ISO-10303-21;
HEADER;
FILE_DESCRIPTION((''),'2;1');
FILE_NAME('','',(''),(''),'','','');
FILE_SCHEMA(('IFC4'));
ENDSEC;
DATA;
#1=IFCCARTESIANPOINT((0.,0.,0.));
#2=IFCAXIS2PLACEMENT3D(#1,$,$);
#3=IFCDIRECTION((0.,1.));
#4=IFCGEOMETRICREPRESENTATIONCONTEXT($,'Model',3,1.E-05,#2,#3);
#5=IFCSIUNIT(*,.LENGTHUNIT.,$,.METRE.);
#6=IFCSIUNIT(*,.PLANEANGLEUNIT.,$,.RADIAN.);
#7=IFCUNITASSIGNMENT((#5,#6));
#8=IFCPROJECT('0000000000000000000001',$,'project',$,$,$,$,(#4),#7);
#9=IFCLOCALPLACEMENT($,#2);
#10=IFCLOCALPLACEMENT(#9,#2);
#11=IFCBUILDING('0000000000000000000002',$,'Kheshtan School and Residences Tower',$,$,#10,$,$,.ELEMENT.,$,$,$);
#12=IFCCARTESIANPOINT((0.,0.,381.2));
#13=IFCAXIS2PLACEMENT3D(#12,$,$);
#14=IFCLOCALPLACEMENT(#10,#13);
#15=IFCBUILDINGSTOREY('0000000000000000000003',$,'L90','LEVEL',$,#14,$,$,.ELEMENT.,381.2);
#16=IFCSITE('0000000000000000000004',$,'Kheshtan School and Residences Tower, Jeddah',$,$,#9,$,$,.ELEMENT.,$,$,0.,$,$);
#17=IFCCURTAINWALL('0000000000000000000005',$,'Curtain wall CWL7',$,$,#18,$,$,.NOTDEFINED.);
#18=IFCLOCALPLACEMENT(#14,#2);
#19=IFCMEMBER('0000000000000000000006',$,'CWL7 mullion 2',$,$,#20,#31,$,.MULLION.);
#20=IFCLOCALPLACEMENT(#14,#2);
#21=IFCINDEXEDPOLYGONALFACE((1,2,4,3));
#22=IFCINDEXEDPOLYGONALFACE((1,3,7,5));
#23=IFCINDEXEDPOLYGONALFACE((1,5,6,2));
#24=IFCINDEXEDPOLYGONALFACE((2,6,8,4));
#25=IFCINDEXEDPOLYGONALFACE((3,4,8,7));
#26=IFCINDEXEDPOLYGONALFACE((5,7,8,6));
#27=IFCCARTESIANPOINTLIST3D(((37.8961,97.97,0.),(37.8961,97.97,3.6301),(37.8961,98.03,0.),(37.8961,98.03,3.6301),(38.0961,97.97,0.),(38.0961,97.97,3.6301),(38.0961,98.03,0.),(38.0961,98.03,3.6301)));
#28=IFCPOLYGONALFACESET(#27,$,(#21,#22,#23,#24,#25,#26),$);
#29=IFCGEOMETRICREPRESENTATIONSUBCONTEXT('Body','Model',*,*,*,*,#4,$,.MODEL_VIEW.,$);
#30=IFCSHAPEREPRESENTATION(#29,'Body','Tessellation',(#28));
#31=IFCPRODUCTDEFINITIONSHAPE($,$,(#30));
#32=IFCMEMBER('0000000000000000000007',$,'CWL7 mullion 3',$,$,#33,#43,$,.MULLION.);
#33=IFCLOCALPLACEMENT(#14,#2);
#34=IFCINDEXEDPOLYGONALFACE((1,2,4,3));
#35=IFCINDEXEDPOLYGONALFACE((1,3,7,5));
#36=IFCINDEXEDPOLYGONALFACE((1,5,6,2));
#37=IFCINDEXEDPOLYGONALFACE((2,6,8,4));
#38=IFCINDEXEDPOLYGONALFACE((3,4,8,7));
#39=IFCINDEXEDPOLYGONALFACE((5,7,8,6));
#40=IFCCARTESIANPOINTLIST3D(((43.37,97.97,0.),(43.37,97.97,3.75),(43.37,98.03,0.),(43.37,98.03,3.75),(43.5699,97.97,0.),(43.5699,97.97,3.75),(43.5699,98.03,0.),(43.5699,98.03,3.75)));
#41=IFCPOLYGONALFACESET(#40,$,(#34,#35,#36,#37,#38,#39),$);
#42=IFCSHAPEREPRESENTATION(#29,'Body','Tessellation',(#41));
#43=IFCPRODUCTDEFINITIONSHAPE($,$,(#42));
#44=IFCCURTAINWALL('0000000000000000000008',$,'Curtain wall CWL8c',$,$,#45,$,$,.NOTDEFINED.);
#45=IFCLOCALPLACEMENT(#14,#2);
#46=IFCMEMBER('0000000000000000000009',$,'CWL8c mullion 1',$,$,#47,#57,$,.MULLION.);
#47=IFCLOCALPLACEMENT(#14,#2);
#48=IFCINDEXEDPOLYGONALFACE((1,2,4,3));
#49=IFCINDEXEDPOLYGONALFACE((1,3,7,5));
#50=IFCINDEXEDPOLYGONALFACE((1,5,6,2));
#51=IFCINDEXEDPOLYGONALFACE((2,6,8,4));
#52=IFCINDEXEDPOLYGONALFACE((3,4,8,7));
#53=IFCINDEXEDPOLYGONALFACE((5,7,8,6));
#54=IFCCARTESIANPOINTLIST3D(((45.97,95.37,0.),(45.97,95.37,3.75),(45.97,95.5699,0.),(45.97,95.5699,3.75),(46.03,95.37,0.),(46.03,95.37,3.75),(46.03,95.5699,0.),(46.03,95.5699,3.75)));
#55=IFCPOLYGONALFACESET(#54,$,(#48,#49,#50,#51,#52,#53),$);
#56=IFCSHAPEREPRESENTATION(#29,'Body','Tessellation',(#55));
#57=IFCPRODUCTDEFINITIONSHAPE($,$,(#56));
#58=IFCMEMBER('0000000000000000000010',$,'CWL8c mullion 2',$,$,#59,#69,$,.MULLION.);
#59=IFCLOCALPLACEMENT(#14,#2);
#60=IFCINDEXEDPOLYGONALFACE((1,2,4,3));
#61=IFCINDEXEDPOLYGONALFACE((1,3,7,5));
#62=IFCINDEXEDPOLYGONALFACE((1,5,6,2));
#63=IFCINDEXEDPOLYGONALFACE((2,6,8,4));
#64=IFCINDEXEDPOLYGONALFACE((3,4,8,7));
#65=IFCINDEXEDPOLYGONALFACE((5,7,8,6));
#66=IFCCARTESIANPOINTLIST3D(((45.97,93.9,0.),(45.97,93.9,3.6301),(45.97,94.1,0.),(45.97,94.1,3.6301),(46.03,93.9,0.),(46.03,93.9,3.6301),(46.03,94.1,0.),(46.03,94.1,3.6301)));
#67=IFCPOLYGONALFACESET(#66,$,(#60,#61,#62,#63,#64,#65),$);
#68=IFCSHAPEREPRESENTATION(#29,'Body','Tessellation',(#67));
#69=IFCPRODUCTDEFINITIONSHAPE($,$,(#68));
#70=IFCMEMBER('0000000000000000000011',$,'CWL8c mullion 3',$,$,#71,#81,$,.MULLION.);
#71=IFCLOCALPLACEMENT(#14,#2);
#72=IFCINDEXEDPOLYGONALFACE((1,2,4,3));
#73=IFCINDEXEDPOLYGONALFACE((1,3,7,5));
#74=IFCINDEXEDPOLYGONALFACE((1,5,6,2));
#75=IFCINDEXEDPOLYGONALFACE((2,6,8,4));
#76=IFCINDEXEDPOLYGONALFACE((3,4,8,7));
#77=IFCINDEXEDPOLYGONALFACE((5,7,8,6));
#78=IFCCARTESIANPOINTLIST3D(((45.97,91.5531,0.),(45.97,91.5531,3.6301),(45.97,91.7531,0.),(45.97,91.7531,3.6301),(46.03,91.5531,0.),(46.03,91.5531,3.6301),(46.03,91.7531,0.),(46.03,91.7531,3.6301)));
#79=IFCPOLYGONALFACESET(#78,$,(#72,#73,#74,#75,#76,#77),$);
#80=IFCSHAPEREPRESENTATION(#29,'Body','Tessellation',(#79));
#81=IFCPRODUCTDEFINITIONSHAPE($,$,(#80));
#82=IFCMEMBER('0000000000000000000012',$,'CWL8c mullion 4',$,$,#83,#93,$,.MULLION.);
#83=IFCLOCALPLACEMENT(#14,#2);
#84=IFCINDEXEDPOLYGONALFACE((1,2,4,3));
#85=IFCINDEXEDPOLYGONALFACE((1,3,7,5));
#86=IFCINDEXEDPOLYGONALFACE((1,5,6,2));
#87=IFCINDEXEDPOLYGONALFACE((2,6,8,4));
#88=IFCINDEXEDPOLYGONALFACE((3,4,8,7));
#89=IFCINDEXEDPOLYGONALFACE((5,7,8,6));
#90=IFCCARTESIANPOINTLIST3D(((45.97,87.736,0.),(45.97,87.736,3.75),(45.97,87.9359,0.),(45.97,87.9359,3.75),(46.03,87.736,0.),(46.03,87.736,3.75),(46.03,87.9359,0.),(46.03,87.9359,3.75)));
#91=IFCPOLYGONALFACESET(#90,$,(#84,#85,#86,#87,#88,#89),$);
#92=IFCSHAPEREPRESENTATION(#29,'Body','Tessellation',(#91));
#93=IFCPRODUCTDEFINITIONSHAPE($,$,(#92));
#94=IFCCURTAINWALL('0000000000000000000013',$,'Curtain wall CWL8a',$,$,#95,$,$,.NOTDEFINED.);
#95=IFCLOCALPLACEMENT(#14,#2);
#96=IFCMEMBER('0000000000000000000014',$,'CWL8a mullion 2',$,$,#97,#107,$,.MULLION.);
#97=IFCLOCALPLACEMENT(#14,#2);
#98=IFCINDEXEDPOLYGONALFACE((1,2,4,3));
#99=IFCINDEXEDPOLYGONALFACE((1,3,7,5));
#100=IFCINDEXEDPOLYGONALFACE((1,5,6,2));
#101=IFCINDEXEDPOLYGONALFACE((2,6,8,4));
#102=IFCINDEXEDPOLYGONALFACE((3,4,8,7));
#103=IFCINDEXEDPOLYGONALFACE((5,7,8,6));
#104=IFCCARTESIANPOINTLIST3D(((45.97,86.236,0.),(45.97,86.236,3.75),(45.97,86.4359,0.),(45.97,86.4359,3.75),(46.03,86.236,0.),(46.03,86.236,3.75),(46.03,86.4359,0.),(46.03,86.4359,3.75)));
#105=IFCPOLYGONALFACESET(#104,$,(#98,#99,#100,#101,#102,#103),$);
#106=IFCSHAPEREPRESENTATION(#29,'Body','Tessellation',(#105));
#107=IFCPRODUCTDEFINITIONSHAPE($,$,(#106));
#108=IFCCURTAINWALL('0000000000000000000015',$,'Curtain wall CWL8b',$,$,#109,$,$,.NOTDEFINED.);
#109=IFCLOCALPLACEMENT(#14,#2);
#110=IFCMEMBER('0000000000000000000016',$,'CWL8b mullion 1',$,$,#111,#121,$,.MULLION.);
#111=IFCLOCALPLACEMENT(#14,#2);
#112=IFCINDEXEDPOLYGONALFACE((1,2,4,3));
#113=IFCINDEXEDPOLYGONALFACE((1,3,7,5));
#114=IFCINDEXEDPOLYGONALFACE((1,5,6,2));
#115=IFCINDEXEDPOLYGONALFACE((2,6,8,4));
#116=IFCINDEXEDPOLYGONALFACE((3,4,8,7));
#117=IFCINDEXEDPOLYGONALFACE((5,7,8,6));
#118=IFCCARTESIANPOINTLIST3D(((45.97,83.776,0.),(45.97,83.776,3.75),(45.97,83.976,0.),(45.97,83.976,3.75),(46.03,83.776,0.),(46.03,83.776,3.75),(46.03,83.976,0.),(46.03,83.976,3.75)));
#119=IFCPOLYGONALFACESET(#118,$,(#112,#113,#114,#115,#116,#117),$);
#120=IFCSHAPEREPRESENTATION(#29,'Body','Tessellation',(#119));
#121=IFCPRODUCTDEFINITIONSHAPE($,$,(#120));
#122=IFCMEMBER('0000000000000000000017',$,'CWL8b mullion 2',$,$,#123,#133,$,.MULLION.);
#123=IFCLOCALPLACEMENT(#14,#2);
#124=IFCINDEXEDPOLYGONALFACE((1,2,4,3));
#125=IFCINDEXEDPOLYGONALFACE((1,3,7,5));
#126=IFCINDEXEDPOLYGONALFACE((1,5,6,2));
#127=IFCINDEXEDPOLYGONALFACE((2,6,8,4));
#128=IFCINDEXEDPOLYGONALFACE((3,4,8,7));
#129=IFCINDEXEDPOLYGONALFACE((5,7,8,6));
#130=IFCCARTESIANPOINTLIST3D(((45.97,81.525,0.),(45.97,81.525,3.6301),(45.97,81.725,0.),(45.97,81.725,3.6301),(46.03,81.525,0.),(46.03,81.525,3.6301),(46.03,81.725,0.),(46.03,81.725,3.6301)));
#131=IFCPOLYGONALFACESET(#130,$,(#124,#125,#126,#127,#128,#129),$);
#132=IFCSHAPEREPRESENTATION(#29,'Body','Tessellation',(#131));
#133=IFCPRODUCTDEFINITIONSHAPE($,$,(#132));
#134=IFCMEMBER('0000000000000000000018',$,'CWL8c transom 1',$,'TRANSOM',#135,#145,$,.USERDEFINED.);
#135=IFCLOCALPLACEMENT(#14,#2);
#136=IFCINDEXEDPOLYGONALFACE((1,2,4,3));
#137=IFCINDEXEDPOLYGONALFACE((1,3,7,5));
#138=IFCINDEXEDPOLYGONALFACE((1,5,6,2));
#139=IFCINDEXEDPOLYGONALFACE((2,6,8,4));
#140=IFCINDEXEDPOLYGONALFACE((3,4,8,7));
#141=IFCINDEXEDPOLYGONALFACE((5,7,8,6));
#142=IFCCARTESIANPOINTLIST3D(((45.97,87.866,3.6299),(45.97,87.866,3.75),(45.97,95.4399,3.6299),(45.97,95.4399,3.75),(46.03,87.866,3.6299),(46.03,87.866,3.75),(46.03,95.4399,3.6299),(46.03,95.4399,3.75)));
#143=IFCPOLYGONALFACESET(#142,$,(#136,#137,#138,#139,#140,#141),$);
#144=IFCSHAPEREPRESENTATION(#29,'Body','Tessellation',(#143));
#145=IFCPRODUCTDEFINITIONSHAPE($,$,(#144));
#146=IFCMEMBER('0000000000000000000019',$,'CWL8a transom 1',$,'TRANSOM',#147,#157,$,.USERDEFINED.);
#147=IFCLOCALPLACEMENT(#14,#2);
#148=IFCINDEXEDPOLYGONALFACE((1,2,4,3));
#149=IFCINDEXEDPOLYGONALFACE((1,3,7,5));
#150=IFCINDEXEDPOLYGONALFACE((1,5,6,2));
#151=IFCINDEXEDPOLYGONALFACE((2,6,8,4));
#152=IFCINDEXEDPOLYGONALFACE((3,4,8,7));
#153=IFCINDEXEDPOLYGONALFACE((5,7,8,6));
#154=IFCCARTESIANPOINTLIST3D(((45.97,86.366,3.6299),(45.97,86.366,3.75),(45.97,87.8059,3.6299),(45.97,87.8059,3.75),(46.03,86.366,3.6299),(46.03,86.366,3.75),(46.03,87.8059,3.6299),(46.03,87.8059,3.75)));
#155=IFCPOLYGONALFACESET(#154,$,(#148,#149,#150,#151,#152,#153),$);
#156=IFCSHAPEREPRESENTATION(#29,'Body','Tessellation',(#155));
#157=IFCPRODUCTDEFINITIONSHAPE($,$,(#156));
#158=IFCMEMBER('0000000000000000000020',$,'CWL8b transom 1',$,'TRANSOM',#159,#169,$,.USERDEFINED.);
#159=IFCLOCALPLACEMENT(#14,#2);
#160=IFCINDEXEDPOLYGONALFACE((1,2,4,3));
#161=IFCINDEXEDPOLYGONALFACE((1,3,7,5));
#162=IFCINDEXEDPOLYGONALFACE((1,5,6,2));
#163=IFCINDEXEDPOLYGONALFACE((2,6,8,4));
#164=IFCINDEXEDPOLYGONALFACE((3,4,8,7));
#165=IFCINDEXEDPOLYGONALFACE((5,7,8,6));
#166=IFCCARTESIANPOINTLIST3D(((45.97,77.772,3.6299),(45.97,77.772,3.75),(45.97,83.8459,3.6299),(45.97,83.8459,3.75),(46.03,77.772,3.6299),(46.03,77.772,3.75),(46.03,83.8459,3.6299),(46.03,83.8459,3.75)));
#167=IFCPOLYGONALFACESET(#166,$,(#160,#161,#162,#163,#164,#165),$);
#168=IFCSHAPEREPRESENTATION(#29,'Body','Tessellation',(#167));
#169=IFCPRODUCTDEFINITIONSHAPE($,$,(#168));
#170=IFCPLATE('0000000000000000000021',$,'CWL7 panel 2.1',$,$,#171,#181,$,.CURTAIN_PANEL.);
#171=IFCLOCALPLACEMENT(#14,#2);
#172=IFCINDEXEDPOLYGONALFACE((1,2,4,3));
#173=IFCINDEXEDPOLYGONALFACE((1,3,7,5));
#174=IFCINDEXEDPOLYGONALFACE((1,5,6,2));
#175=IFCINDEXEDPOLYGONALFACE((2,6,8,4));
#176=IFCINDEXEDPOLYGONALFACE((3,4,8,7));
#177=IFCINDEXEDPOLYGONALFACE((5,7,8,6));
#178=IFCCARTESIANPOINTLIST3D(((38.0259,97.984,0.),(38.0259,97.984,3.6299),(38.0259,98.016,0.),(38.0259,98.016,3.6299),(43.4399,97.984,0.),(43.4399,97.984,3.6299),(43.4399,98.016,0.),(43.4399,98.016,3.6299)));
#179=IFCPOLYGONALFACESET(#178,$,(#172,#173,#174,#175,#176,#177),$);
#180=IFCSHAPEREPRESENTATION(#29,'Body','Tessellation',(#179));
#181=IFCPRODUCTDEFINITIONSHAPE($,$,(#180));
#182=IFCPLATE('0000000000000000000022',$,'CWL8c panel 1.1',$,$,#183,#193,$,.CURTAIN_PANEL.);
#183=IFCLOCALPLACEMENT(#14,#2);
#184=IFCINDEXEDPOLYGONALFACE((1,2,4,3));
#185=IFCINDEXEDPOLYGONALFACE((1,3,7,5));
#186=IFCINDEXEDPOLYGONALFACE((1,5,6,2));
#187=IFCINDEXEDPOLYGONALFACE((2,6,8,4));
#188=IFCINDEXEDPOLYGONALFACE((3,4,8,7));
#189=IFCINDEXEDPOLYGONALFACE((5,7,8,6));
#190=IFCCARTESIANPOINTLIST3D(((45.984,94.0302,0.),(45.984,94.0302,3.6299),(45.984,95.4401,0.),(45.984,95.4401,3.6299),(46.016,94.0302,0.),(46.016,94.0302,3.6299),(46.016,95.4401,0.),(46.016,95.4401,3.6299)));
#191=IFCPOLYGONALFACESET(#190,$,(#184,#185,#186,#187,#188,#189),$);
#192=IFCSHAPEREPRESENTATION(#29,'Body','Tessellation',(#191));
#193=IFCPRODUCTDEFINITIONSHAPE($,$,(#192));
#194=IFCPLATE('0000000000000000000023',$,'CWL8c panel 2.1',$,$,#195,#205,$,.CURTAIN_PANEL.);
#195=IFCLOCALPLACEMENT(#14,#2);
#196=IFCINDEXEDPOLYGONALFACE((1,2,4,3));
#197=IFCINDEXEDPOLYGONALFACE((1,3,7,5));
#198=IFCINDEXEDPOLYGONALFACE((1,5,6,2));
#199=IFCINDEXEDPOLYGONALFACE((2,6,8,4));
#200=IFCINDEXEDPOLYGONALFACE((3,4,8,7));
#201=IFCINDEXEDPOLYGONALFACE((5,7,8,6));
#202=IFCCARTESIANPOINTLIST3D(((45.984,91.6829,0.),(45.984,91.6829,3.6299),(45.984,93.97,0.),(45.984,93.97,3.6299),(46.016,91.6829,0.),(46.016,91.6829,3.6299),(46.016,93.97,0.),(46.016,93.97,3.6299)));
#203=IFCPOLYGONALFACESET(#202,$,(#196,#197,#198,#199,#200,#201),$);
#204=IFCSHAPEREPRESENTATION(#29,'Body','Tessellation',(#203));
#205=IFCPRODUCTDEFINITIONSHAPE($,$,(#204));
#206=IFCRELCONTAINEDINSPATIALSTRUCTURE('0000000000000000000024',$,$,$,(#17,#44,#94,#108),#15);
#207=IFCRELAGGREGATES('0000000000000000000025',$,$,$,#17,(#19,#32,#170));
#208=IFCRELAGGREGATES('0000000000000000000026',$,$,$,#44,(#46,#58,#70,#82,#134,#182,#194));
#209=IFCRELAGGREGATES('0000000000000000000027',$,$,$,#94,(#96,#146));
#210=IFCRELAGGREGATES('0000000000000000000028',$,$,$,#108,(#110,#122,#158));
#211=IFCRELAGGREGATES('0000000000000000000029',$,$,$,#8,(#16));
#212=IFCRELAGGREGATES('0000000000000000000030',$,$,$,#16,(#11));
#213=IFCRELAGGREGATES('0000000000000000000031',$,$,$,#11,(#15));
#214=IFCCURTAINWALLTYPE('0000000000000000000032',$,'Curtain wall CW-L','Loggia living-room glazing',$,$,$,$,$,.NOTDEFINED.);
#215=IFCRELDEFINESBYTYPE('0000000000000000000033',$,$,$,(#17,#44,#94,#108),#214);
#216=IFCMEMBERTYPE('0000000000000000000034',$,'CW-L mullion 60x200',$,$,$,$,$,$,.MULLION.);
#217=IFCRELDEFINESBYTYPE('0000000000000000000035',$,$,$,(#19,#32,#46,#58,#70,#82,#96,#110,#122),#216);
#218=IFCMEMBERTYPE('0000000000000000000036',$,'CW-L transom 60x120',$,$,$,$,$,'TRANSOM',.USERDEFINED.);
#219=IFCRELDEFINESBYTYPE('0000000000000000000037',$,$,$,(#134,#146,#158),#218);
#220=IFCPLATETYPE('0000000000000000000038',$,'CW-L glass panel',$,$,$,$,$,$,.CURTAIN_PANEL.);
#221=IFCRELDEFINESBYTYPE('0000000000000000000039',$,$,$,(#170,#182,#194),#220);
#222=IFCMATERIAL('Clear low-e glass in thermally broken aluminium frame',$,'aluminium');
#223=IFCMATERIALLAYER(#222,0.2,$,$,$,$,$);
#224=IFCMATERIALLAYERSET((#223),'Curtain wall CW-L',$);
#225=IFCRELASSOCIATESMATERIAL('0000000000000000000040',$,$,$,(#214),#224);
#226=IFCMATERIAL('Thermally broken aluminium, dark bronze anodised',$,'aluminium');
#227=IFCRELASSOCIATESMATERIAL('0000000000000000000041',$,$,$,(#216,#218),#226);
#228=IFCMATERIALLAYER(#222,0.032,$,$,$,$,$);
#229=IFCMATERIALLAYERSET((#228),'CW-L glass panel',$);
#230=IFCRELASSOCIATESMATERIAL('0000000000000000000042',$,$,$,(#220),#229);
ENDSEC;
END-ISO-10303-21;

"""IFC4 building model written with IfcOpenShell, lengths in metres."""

from ifc_helpers import new_model, si_unit, direction, frame, origin, origin_2d, place, context, subcontext, project, spatial, rectangle, extrude, material, layer, layer_set, material_profile, profile_set, type_object, element, aggregate, save


model = new_model("IFC4")

# Units and contexts
model_context = context("Model", 3, precision=1e-05, world=origin(), true_north=direction((0.0, 1.0)))
body_context = subcontext(model_context, "Body", "Model", "MODEL_VIEW")
ifc_project = project(units=[si_unit("LENGTHUNIT", "METRE"), si_unit("PLANEANGLEUNIT", "RADIAN")], contexts=[model_context])

# Site, building, storey
site_placement = place(None, origin())
site = spatial("IfcSite", under=ifc_project, at=site_placement, Name="Kheshtan School and Residences Tower, Jeddah", CompositionType="ELEMENT", RefElevation=0.0)
building_placement = place(site_placement, origin())
building = spatial("IfcBuilding", under=site, at=building_placement, Name="Kheshtan School and Residences Tower", CompositionType="ELEMENT")
storey_placement = place(building_placement, frame((0.0, 0.0, 381.2)))
storey = spatial("IfcBuildingStorey", under=building, at=storey_placement, Name="L90", Description="LEVEL", CompositionType="ELEMENT", Elevation=381.2)

# Curtain walls, members
ifc_material_1 = material(Name="Clear low-e glass in thermally broken aluminium frame", Category="aluminium")
ifc_layer_1 = layer(ifc_material_1, 0.2)
ifc_layer_set_1 = layer_set([ifc_layer_1], Name="Curtain wall CW-L")
curtain_wall_type = type_object("IfcCurtainWallType", Name="Curtain wall CW-L", Description="Loggia living-room glazing", PredefinedType="NOTDEFINED", material=ifc_layer_set_1)
curtain_wall_1_placement = place(storey_placement, origin())
curtain_wall_1 = element("IfcCurtainWall", 1, at=curtain_wall_1_placement, inside=storey, type_object=curtain_wall_type, Name="Curtain wall CWL7", PredefinedType="NOTDEFINED")
ifc_material_2 = material(Name="Thermally broken aluminium, dark bronze anodised", Category="aluminium")
ifc_material_profile_1 = material_profile(ifc_material_2, rectangle(XDim=0.0601, YDim=0.2, at=origin_2d()), Name="CW-L mullion 60x200")
ifc_profile_set_1 = profile_set([ifc_material_profile_1], Name="Thermally broken aluminium, dark bronze anodised")
member_type_1 = type_object("IfcMemberType", Name="CW-L mullion 60x200", PredefinedType="MULLION", material=ifc_profile_set_1)
member_1_placement = place(storey_placement, frame((37.9961, 98.0, 0.0), z_axis=(0.0, 0.0, 1.0), x_axis=(0.0, 1.0, 0.0)))
member_1 = element("IfcMember", 2, at=member_1_placement, type_object=member_type_1, Name="CWL7 mullion 2", PredefinedType="MULLION", context=body_context, shape_type="SweptSolid", body=[
    extrude(rectangle(XDim=0.0601, YDim=0.2, at=origin_2d()), origin(), (0.0, 0.0, 1.0), 3.6301),
])
member_2_placement = place(storey_placement, frame((43.47, 98.0, 0.0), z_axis=(0.0, 0.0, 1.0), x_axis=(0.0, 1.0, 0.0)))
member_2 = element("IfcMember", 3, at=member_2_placement, type_object=member_type_1, Name="CWL7 mullion 3", PredefinedType="MULLION", context=body_context, shape_type="SweptSolid", body=[
    extrude(rectangle(XDim=0.0601, YDim=0.2, at=origin_2d()), origin(), (0.0, 0.0, 1.0), 3.75),
])
curtain_wall_2_placement = place(storey_placement, origin())
curtain_wall_2 = element("IfcCurtainWall", 4, at=curtain_wall_2_placement, inside=storey, type_object=curtain_wall_type, Name="Curtain wall CWL8c", PredefinedType="NOTDEFINED")
member_3_placement = place(storey_placement, frame((46.0, 95.47, 0.0), z_axis=(0.0, 0.0, 1.0), x_axis=(1.0, 0.0, 0.0)))
member_3 = element("IfcMember", 5, at=member_3_placement, type_object=member_type_1, Name="CWL8c mullion 1", PredefinedType="MULLION", context=body_context, shape_type="SweptSolid", body=[
    extrude(rectangle(XDim=0.0601, YDim=0.2, at=origin_2d()), origin(), (0.0, 0.0, 1.0), 3.75),
])
member_4_placement = place(storey_placement, frame((46.0, 94.0, 0.0), z_axis=(0.0, 0.0, 1.0), x_axis=(1.0, 0.0, 0.0)))
member_4 = element("IfcMember", 6, at=member_4_placement, type_object=member_type_1, Name="CWL8c mullion 2", PredefinedType="MULLION", context=body_context, shape_type="SweptSolid", body=[
    extrude(rectangle(XDim=0.0601, YDim=0.2, at=origin_2d()), origin(), (0.0, 0.0, 1.0), 3.6301),
])
member_5_placement = place(storey_placement, frame((46.0, 91.6531, 0.0), z_axis=(0.0, 0.0, 1.0), x_axis=(1.0, 0.0, 0.0)))
member_5 = element("IfcMember", 7, at=member_5_placement, type_object=member_type_1, Name="CWL8c mullion 3", PredefinedType="MULLION", context=body_context, shape_type="SweptSolid", body=[
    extrude(rectangle(XDim=0.0601, YDim=0.2, at=origin_2d()), origin(), (0.0, 0.0, 1.0), 3.6301),
])
member_6_placement = place(storey_placement, frame((46.0, 87.8359, 0.0), z_axis=(0.0, 0.0, 1.0), x_axis=(1.0, 0.0, 0.0)))
member_6 = element("IfcMember", 8, at=member_6_placement, type_object=member_type_1, Name="CWL8c mullion 4", PredefinedType="MULLION", context=body_context, shape_type="SweptSolid", body=[
    extrude(rectangle(XDim=0.0601, YDim=0.2, at=origin_2d()), origin(), (0.0, 0.0, 1.0), 3.75),
])

# Curtain wall, member
curtain_wall_3_placement = place(storey_placement, origin())
curtain_wall_3 = element("IfcCurtainWall", 9, at=curtain_wall_3_placement, inside=storey, type_object=curtain_wall_type, Name="Curtain wall CWL8a", PredefinedType="NOTDEFINED")
member_7_placement = place(storey_placement, frame((46.0, 86.3359, 0.0), z_axis=(0.0, 0.0, 1.0), x_axis=(1.0, 0.0, 0.0)))
member_7 = element("IfcMember", 10, at=member_7_placement, type_object=member_type_1, Name="CWL8a mullion 2", PredefinedType="MULLION", context=body_context, shape_type="SweptSolid", body=[
    extrude(rectangle(XDim=0.0601, YDim=0.2, at=origin_2d()), origin(), (0.0, 0.0, 1.0), 3.75),
])

# Curtain wall, members
curtain_wall_4_placement = place(storey_placement, origin())
curtain_wall_4 = element("IfcCurtainWall", 11, at=curtain_wall_4_placement, inside=storey, type_object=curtain_wall_type, Name="Curtain wall CWL8b", PredefinedType="NOTDEFINED")
member_8_placement = place(storey_placement, frame((46.0, 83.876, 0.0), z_axis=(0.0, 0.0, 1.0), x_axis=(1.0, 0.0, 0.0)))
member_8 = element("IfcMember", 12, at=member_8_placement, type_object=member_type_1, Name="CWL8b mullion 1", PredefinedType="MULLION", context=body_context, shape_type="SweptSolid", body=[
    extrude(rectangle(XDim=0.0601, YDim=0.2, at=origin_2d()), origin(), (0.0, 0.0, 1.0), 3.75),
])
member_9_placement = place(storey_placement, frame((46.0, 81.625, 0.0), z_axis=(0.0, 0.0, 1.0), x_axis=(1.0, 0.0, 0.0)))
member_9 = element("IfcMember", 13, at=member_9_placement, type_object=member_type_1, Name="CWL8b mullion 2", PredefinedType="MULLION", context=body_context, shape_type="SweptSolid", body=[
    extrude(rectangle(XDim=0.0601, YDim=0.2, at=origin_2d()), origin(), (0.0, 0.0, 1.0), 3.6301),
])

# Members
ifc_material_profile_2 = material_profile(ifc_material_2, rectangle(XDim=0.0601, YDim=0.1201, at=origin_2d()), Name="CW-L transom 60x120")
ifc_profile_set_2 = profile_set([ifc_material_profile_2], Name="Thermally broken aluminium, dark bronze anodised")
member_type_2 = type_object("IfcMemberType", Name="CW-L transom 60x120", ElementType="TRANSOM", PredefinedType="USERDEFINED", material=ifc_profile_set_2)
member_10_placement = place(storey_placement, frame((46.0, 95.4399, 3.6899), z_axis=(0.0, -1.0, 0.0), x_axis=(1.0, 0.0, 0.0)))
member_10 = element("IfcMember", 14, at=member_10_placement, type_object=member_type_2, Name="CWL8c transom 1", ObjectType="TRANSOM", PredefinedType="USERDEFINED", context=body_context, shape_type="SweptSolid", body=[
    extrude(rectangle(XDim=0.0601, YDim=0.1201, at=origin_2d()), origin(), (0.0, 0.0, 1.0), 7.574),
])
member_11_placement = place(storey_placement, frame((46.0, 87.8059, 3.6899), z_axis=(0.0, -1.0, 0.0), x_axis=(1.0, 0.0, 0.0)))
member_11 = element("IfcMember", 15, at=member_11_placement, type_object=member_type_2, Name="CWL8a transom 1", ObjectType="TRANSOM", PredefinedType="USERDEFINED", context=body_context, shape_type="SweptSolid", body=[
    extrude(rectangle(XDim=0.0601, YDim=0.1201, at=origin_2d()), origin(), (0.0, 0.0, 1.0), 1.4399),
])
member_12_placement = place(storey_placement, frame((46.0, 83.8459, 3.6899), z_axis=(0.0, -1.0, 0.0), x_axis=(1.0, 0.0, 0.0)))
member_12 = element("IfcMember", 16, at=member_12_placement, type_object=member_type_2, Name="CWL8b transom 1", ObjectType="TRANSOM", PredefinedType="USERDEFINED", context=body_context, shape_type="SweptSolid", body=[
    extrude(rectangle(XDim=0.0601, YDim=0.1201, at=origin_2d()), origin(), (0.0, 0.0, 1.0), 6.074),
])

# Plates
ifc_layer_2 = layer(ifc_material_1, 0.032)
ifc_layer_set_2 = layer_set([ifc_layer_2], Name="CW-L glass panel")
plate_type = type_object("IfcPlateType", Name="CW-L glass panel", PredefinedType="CURTAIN_PANEL", material=ifc_layer_set_2)
plate_1_placement = place(storey_placement, frame((40.7329, 98.0, 0.0), z_axis=(0.0, 0.0, 1.0), x_axis=(1.0, 0.0, 0.0)))
plate_1 = element("IfcPlate", 17, at=plate_1_placement, type_object=plate_type, Name="CWL7 panel 2.1", PredefinedType="CURTAIN_PANEL", context=body_context, shape_type="SweptSolid", body=[
    extrude(rectangle(XDim=5.4141, YDim=0.032, at=origin_2d()), origin(), (0.0, 0.0, 1.0), 3.6299),
])
aggregate(curtain_wall_1, [member_1, member_2, plate_1])
plate_2_placement = place(storey_placement, frame((46.0, 94.7351, 0.0), z_axis=(0.0, 0.0, 1.0), x_axis=(0.0, -1.0, 0.0)))
plate_2 = element("IfcPlate", 18, at=plate_2_placement, type_object=plate_type, Name="CWL8c panel 1.1", PredefinedType="CURTAIN_PANEL", context=body_context, shape_type="SweptSolid", body=[
    extrude(rectangle(XDim=1.4099, YDim=0.032, at=origin_2d()), origin(), (0.0, 0.0, 1.0), 3.6299),
])
plate_3_placement = place(storey_placement, frame((46.0, 92.8264, 0.0), z_axis=(0.0, 0.0, 1.0), x_axis=(0.0, -1.0, 0.0)))
plate_3 = element("IfcPlate", 19, at=plate_3_placement, type_object=plate_type, Name="CWL8c panel 2.1", PredefinedType="CURTAIN_PANEL", context=body_context, shape_type="SweptSolid", body=[
    extrude(rectangle(XDim=2.2871, YDim=0.032, at=origin_2d()), origin(), (0.0, 0.0, 1.0), 3.6299),
])
aggregate(curtain_wall_2, [member_3, member_4, member_5, member_6, member_10, plate_2, plate_3])
aggregate(curtain_wall_3, [member_7, member_11])
aggregate(curtain_wall_4, [member_8, member_9, member_12])

save(model, "model.ifc")
